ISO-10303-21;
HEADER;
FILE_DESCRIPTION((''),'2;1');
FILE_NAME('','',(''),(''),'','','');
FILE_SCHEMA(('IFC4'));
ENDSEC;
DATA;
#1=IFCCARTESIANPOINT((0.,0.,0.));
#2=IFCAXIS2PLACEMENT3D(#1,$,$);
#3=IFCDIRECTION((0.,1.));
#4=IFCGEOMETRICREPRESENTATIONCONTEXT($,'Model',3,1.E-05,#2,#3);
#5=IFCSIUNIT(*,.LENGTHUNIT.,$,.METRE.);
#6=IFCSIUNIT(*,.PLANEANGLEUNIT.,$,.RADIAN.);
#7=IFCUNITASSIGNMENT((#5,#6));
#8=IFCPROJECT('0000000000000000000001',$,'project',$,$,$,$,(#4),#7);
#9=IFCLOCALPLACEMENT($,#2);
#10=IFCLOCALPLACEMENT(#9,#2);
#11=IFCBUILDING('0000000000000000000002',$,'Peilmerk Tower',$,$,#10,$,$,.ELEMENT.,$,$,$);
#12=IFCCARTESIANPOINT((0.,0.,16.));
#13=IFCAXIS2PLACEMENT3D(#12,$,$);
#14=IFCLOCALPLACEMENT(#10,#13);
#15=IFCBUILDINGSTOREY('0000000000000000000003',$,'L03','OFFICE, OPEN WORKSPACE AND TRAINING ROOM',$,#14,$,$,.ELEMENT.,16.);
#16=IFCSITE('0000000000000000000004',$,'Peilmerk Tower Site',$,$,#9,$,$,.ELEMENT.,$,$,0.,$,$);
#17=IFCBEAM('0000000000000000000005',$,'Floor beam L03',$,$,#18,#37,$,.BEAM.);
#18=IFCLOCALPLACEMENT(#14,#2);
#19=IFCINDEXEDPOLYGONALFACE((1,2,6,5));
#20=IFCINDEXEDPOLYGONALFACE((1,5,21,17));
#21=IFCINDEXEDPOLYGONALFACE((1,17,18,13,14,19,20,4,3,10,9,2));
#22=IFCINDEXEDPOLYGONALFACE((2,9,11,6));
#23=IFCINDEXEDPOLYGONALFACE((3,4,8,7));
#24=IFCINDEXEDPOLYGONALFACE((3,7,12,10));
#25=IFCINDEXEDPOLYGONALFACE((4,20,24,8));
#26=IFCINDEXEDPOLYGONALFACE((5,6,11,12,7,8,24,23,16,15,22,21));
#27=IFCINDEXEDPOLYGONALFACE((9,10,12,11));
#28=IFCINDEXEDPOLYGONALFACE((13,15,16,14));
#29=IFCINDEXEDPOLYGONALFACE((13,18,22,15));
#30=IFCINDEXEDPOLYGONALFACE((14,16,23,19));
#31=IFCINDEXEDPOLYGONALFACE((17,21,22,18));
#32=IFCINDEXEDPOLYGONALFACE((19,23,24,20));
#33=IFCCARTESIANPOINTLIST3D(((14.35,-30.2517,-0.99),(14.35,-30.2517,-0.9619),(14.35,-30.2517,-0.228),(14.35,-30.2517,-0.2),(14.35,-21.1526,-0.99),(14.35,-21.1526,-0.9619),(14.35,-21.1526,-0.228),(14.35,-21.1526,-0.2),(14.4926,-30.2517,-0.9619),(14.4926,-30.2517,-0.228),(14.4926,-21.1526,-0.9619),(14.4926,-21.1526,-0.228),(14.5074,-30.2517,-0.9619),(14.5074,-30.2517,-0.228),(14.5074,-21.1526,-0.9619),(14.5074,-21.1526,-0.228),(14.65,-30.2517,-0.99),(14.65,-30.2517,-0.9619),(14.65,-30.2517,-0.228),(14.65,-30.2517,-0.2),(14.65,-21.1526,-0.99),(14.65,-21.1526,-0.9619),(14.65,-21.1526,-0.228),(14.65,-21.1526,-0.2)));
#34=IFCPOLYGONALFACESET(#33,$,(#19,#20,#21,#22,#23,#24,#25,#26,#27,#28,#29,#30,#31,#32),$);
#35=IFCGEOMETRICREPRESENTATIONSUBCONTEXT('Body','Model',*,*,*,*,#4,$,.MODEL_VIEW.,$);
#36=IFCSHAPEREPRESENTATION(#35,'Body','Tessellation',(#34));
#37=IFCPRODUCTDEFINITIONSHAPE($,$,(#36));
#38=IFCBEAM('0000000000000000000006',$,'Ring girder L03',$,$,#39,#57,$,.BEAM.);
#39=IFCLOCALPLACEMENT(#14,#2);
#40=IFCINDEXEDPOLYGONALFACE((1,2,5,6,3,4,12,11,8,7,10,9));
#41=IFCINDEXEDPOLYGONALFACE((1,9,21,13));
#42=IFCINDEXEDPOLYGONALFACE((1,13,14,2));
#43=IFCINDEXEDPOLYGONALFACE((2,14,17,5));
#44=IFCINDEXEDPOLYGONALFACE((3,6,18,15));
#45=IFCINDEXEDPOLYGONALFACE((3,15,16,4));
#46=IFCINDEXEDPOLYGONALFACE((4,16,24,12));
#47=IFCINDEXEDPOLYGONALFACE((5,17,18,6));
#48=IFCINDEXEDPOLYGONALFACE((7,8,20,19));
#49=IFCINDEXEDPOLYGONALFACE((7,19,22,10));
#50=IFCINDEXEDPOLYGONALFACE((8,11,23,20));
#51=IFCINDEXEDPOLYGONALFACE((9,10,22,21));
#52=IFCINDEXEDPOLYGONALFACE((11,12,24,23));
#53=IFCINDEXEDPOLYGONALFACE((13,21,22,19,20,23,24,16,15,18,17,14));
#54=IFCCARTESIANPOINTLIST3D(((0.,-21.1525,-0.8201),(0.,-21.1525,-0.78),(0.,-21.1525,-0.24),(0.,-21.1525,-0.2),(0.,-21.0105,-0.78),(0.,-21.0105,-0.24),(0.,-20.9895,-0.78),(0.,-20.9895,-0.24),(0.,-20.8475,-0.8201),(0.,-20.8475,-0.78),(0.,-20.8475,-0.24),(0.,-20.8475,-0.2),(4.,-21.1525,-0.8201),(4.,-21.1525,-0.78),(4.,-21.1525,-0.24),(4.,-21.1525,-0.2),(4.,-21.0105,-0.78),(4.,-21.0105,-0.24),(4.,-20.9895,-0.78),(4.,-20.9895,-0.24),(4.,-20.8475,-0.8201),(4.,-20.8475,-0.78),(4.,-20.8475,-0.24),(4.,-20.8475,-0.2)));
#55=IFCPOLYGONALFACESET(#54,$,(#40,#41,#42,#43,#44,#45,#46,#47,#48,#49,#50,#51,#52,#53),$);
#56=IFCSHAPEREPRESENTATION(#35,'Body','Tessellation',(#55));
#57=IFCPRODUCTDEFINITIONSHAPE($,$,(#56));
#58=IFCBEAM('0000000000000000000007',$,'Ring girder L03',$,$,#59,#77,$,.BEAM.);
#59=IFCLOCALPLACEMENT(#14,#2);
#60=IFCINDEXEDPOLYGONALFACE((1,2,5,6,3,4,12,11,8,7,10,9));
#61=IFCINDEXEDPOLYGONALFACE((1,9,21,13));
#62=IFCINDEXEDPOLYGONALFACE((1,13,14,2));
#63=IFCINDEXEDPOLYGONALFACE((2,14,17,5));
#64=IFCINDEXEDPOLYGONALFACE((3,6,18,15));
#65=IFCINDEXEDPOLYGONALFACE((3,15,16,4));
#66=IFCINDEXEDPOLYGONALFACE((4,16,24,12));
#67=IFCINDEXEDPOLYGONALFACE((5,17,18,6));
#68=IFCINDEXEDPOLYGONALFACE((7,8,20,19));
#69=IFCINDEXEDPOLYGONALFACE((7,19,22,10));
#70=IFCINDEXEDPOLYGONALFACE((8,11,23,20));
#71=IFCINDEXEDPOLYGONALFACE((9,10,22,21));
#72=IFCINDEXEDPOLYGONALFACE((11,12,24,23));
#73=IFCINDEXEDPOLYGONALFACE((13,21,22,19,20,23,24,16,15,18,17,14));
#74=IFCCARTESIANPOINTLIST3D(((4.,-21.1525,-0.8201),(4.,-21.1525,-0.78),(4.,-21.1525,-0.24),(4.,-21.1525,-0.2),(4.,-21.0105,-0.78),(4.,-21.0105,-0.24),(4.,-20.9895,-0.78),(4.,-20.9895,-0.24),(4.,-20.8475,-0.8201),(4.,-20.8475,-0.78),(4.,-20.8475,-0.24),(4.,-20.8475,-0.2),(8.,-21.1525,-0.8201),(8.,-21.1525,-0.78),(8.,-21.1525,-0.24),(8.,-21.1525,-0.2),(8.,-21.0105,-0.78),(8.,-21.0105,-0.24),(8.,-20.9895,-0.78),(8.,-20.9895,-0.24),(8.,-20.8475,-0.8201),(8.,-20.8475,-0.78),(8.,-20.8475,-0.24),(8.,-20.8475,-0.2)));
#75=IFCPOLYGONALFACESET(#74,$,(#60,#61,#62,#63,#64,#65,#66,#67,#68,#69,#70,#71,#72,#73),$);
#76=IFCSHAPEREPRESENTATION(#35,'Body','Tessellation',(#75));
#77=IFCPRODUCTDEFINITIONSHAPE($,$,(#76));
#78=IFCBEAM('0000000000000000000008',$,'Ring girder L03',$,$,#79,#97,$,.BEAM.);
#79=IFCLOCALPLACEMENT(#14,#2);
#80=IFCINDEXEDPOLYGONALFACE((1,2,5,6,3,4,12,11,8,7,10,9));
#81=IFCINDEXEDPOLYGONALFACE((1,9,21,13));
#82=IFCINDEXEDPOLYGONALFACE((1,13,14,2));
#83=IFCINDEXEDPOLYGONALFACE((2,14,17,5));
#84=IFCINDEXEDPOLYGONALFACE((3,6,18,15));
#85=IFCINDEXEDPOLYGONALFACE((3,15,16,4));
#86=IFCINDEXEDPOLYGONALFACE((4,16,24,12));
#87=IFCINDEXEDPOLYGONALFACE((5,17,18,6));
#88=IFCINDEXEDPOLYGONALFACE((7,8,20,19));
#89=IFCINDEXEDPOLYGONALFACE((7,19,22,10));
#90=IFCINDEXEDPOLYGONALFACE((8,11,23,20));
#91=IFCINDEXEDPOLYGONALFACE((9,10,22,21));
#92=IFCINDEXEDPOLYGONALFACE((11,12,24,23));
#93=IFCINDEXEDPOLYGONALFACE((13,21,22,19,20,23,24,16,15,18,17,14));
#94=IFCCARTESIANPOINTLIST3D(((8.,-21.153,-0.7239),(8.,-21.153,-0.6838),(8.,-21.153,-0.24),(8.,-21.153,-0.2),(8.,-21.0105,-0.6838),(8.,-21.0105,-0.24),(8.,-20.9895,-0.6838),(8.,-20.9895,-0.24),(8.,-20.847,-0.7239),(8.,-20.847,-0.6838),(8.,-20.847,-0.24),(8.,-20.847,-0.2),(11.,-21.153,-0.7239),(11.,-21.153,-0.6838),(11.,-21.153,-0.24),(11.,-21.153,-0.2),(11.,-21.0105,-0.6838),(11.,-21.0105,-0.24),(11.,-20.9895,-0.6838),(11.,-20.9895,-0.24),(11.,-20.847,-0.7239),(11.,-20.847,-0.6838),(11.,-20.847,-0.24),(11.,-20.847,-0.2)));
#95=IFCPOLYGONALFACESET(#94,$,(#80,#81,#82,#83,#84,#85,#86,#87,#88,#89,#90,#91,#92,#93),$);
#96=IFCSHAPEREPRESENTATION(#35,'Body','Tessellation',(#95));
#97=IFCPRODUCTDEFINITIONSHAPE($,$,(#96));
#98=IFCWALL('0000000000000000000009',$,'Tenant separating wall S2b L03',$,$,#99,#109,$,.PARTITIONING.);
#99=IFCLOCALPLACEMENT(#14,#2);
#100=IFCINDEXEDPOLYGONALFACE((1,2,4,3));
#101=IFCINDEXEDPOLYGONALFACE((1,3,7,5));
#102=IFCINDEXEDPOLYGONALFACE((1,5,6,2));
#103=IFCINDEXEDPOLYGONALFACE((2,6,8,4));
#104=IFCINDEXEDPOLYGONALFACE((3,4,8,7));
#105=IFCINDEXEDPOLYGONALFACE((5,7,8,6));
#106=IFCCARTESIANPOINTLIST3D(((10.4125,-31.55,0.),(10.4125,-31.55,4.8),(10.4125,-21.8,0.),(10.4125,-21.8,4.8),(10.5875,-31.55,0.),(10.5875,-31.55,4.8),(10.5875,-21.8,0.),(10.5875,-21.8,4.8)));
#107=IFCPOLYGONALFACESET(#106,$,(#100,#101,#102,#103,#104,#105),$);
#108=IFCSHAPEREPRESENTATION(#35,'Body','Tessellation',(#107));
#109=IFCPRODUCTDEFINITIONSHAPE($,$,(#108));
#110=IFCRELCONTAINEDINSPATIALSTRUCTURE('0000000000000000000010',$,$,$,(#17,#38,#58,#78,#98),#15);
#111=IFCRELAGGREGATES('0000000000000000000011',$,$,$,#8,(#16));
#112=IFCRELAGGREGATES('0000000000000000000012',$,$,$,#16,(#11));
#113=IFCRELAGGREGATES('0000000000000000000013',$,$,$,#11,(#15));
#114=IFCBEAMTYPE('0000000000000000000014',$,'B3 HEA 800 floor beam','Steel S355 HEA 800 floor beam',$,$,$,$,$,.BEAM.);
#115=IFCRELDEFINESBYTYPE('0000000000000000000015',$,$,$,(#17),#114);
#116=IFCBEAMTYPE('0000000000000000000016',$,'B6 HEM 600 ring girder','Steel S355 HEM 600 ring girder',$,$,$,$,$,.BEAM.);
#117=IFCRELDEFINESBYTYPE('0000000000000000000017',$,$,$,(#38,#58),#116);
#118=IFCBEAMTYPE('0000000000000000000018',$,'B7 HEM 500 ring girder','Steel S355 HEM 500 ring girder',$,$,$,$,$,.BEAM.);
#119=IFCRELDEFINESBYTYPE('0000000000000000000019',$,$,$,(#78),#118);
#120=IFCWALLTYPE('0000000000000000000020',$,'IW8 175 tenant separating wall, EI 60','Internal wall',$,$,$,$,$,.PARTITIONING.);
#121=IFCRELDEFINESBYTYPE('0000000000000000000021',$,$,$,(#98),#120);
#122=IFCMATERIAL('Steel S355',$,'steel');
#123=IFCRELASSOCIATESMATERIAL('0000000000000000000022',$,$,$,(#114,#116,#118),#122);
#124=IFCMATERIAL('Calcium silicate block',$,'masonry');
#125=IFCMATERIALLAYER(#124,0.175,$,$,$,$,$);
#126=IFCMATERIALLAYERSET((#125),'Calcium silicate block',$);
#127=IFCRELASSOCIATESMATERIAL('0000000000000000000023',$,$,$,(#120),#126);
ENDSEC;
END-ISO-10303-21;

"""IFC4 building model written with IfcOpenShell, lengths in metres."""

from ifc_helpers import new_model, si_unit, direction, frame, frame_2d, origin, origin_2d, place, context, subcontext, project, spatial, rectangle, i_section, extrude, material, layer, layer_set, material_profile, profile_set, type_object, element, save


model = new_model("IFC4")

# Units and contexts
model_context = context("Model", 3, precision=1e-05, world=origin(), true_north=direction((0.0, 1.0)))
body_context = subcontext(model_context, "Body", "Model", "MODEL_VIEW")
ifc_project = project(units=[si_unit("LENGTHUNIT", "METRE"), si_unit("PLANEANGLEUNIT", "RADIAN")], contexts=[model_context])

# Site, building, storey
site_placement = place(None, origin())
site = spatial("IfcSite", under=ifc_project, at=site_placement, Name="Peilmerk Tower Site", CompositionType="ELEMENT", RefElevation=0.0)
building_placement = place(site_placement, origin())
building = spatial("IfcBuilding", under=site, at=building_placement, Name="Peilmerk Tower", CompositionType="ELEMENT")
storey_placement = place(building_placement, frame((0.0, 0.0, 16.0)))
storey = spatial("IfcBuildingStorey", under=building, at=storey_placement, Name="L03", Description="OFFICE, OPEN WORKSPACE AND TRAINING ROOM", CompositionType="ELEMENT", Elevation=16.0)

# Beams
ifc_material_1 = material(Name="Steel S355", Category="steel")
ifc_material_profile_1 = material_profile(ifc_material_1, i_section(OverallWidth=0.3, OverallDepth=0.79, WebThickness=0.0149, FlangeThickness=0.0281, at=origin_2d()), Name="HEA 800")
ifc_profile_set_1 = profile_set([ifc_material_profile_1], Name="Steel S355")
beam_type_1 = type_object("IfcBeamType", Name="B3 HEA 800 floor beam", Description="Steel S355 HEA 800 floor beam", PredefinedType="BEAM", material=ifc_profile_set_1)
beam_1_placement = place(storey_placement, frame((14.5, -21.1526, -0.595), z_axis=(0.0, -1.0, 0.0), x_axis=(1.0, 0.0, 0.0)))
element("IfcBeam", 1, at=beam_1_placement, inside=storey, type_object=beam_type_1, Name="Floor beam L03", PredefinedType="BEAM", context=body_context, shape_type="SweptSolid", body=[
    extrude(i_section(OverallWidth=0.3, OverallDepth=0.79, WebThickness=0.0149, FlangeThickness=0.0281, at=origin_2d()), origin(), (0.0, 0.0, 1.0), 9.0991),
])
ifc_material_profile_2 = material_profile(ifc_material_1, i_section(OverallWidth=0.3049, OverallDepth=0.6201, WebThickness=0.021, FlangeThickness=0.04, at=origin_2d()), Name="HEM 600")
ifc_profile_set_2 = profile_set([ifc_material_profile_2], Name="Steel S355")
beam_type_2 = type_object("IfcBeamType", Name="B6 HEM 600 ring girder", Description="Steel S355 HEM 600 ring girder", PredefinedType="BEAM", material=ifc_profile_set_2)
for number, where, z_axis, x_axis, name in (
    (2, (0.0, -21.0, -0.51), (1.0, 0.0, 0.0), (0.0, 1.0, 0.0), "Ring girder L03"),
    (3, (4.0, -21.0, -0.51), (1.0, 0.0, 0.0), (0.0, 1.0, 0.0), "Ring girder L03"),
):
    element("IfcBeam", number, at=place(storey_placement, frame(where, z_axis=z_axis, x_axis=x_axis)), inside=storey, type_object=beam_type_2, Name=name, PredefinedType="BEAM", context=body_context, shape_type="SweptSolid", body=[
        extrude(i_section(OverallWidth=0.3049, OverallDepth=0.6201, WebThickness=0.021, FlangeThickness=0.04, at=origin_2d()), origin(), (0.0, 0.0, 1.0), 4.0),
    ])
ifc_material_profile_3 = material_profile(ifc_material_1, i_section(OverallWidth=0.3059, OverallDepth=0.5239, WebThickness=0.021, FlangeThickness=0.04, at=origin_2d()), Name="HEM 500")
ifc_profile_set_3 = profile_set([ifc_material_profile_3], Name="Steel S355")
beam_type_3 = type_object("IfcBeamType", Name="B7 HEM 500 ring girder", Description="Steel S355 HEM 500 ring girder", PredefinedType="BEAM", material=ifc_profile_set_3)
beam_2_placement = place(storey_placement, frame((8.0, -21.0, -0.4619), z_axis=(1.0, 0.0, 0.0), x_axis=(0.0, 1.0, 0.0)))
element("IfcBeam", 4, at=beam_2_placement, inside=storey, type_object=beam_type_3, Name="Ring girder L03", PredefinedType="BEAM", context=body_context, shape_type="SweptSolid", body=[
    extrude(i_section(OverallWidth=0.3059, OverallDepth=0.5239, WebThickness=0.021, FlangeThickness=0.04, at=origin_2d()), origin(), (0.0, 0.0, 1.0), 3.0),
])

# Wall
ifc_material_2 = material(Name="Calcium silicate block", Category="masonry")
ifc_layer = layer(ifc_material_2, 0.175)
ifc_layer_set = layer_set([ifc_layer], Name="Calcium silicate block")
wall_type = type_object("IfcWallType", Name="IW8 175 tenant separating wall, EI 60", Description="Internal wall", PredefinedType="PARTITIONING", material=ifc_layer_set)
wall_placement = place(storey_placement, frame((10.5, -21.8, 0.0), z_axis=(0.0, 0.0, 1.0), x_axis=(0.0, -1.0, 0.0)))
element("IfcWall", 5, at=wall_placement, inside=storey, type_object=wall_type, Name="Tenant separating wall S2b L03", PredefinedType="PARTITIONING", context=body_context, shape_type="SweptSolid", body=[
    extrude(rectangle(XDim=9.75, YDim=0.175, at=frame_2d((4.875, 0.0))), origin(), (0.0, 0.0, 1.0), 4.8),
])

save(model, "model.ifc")
